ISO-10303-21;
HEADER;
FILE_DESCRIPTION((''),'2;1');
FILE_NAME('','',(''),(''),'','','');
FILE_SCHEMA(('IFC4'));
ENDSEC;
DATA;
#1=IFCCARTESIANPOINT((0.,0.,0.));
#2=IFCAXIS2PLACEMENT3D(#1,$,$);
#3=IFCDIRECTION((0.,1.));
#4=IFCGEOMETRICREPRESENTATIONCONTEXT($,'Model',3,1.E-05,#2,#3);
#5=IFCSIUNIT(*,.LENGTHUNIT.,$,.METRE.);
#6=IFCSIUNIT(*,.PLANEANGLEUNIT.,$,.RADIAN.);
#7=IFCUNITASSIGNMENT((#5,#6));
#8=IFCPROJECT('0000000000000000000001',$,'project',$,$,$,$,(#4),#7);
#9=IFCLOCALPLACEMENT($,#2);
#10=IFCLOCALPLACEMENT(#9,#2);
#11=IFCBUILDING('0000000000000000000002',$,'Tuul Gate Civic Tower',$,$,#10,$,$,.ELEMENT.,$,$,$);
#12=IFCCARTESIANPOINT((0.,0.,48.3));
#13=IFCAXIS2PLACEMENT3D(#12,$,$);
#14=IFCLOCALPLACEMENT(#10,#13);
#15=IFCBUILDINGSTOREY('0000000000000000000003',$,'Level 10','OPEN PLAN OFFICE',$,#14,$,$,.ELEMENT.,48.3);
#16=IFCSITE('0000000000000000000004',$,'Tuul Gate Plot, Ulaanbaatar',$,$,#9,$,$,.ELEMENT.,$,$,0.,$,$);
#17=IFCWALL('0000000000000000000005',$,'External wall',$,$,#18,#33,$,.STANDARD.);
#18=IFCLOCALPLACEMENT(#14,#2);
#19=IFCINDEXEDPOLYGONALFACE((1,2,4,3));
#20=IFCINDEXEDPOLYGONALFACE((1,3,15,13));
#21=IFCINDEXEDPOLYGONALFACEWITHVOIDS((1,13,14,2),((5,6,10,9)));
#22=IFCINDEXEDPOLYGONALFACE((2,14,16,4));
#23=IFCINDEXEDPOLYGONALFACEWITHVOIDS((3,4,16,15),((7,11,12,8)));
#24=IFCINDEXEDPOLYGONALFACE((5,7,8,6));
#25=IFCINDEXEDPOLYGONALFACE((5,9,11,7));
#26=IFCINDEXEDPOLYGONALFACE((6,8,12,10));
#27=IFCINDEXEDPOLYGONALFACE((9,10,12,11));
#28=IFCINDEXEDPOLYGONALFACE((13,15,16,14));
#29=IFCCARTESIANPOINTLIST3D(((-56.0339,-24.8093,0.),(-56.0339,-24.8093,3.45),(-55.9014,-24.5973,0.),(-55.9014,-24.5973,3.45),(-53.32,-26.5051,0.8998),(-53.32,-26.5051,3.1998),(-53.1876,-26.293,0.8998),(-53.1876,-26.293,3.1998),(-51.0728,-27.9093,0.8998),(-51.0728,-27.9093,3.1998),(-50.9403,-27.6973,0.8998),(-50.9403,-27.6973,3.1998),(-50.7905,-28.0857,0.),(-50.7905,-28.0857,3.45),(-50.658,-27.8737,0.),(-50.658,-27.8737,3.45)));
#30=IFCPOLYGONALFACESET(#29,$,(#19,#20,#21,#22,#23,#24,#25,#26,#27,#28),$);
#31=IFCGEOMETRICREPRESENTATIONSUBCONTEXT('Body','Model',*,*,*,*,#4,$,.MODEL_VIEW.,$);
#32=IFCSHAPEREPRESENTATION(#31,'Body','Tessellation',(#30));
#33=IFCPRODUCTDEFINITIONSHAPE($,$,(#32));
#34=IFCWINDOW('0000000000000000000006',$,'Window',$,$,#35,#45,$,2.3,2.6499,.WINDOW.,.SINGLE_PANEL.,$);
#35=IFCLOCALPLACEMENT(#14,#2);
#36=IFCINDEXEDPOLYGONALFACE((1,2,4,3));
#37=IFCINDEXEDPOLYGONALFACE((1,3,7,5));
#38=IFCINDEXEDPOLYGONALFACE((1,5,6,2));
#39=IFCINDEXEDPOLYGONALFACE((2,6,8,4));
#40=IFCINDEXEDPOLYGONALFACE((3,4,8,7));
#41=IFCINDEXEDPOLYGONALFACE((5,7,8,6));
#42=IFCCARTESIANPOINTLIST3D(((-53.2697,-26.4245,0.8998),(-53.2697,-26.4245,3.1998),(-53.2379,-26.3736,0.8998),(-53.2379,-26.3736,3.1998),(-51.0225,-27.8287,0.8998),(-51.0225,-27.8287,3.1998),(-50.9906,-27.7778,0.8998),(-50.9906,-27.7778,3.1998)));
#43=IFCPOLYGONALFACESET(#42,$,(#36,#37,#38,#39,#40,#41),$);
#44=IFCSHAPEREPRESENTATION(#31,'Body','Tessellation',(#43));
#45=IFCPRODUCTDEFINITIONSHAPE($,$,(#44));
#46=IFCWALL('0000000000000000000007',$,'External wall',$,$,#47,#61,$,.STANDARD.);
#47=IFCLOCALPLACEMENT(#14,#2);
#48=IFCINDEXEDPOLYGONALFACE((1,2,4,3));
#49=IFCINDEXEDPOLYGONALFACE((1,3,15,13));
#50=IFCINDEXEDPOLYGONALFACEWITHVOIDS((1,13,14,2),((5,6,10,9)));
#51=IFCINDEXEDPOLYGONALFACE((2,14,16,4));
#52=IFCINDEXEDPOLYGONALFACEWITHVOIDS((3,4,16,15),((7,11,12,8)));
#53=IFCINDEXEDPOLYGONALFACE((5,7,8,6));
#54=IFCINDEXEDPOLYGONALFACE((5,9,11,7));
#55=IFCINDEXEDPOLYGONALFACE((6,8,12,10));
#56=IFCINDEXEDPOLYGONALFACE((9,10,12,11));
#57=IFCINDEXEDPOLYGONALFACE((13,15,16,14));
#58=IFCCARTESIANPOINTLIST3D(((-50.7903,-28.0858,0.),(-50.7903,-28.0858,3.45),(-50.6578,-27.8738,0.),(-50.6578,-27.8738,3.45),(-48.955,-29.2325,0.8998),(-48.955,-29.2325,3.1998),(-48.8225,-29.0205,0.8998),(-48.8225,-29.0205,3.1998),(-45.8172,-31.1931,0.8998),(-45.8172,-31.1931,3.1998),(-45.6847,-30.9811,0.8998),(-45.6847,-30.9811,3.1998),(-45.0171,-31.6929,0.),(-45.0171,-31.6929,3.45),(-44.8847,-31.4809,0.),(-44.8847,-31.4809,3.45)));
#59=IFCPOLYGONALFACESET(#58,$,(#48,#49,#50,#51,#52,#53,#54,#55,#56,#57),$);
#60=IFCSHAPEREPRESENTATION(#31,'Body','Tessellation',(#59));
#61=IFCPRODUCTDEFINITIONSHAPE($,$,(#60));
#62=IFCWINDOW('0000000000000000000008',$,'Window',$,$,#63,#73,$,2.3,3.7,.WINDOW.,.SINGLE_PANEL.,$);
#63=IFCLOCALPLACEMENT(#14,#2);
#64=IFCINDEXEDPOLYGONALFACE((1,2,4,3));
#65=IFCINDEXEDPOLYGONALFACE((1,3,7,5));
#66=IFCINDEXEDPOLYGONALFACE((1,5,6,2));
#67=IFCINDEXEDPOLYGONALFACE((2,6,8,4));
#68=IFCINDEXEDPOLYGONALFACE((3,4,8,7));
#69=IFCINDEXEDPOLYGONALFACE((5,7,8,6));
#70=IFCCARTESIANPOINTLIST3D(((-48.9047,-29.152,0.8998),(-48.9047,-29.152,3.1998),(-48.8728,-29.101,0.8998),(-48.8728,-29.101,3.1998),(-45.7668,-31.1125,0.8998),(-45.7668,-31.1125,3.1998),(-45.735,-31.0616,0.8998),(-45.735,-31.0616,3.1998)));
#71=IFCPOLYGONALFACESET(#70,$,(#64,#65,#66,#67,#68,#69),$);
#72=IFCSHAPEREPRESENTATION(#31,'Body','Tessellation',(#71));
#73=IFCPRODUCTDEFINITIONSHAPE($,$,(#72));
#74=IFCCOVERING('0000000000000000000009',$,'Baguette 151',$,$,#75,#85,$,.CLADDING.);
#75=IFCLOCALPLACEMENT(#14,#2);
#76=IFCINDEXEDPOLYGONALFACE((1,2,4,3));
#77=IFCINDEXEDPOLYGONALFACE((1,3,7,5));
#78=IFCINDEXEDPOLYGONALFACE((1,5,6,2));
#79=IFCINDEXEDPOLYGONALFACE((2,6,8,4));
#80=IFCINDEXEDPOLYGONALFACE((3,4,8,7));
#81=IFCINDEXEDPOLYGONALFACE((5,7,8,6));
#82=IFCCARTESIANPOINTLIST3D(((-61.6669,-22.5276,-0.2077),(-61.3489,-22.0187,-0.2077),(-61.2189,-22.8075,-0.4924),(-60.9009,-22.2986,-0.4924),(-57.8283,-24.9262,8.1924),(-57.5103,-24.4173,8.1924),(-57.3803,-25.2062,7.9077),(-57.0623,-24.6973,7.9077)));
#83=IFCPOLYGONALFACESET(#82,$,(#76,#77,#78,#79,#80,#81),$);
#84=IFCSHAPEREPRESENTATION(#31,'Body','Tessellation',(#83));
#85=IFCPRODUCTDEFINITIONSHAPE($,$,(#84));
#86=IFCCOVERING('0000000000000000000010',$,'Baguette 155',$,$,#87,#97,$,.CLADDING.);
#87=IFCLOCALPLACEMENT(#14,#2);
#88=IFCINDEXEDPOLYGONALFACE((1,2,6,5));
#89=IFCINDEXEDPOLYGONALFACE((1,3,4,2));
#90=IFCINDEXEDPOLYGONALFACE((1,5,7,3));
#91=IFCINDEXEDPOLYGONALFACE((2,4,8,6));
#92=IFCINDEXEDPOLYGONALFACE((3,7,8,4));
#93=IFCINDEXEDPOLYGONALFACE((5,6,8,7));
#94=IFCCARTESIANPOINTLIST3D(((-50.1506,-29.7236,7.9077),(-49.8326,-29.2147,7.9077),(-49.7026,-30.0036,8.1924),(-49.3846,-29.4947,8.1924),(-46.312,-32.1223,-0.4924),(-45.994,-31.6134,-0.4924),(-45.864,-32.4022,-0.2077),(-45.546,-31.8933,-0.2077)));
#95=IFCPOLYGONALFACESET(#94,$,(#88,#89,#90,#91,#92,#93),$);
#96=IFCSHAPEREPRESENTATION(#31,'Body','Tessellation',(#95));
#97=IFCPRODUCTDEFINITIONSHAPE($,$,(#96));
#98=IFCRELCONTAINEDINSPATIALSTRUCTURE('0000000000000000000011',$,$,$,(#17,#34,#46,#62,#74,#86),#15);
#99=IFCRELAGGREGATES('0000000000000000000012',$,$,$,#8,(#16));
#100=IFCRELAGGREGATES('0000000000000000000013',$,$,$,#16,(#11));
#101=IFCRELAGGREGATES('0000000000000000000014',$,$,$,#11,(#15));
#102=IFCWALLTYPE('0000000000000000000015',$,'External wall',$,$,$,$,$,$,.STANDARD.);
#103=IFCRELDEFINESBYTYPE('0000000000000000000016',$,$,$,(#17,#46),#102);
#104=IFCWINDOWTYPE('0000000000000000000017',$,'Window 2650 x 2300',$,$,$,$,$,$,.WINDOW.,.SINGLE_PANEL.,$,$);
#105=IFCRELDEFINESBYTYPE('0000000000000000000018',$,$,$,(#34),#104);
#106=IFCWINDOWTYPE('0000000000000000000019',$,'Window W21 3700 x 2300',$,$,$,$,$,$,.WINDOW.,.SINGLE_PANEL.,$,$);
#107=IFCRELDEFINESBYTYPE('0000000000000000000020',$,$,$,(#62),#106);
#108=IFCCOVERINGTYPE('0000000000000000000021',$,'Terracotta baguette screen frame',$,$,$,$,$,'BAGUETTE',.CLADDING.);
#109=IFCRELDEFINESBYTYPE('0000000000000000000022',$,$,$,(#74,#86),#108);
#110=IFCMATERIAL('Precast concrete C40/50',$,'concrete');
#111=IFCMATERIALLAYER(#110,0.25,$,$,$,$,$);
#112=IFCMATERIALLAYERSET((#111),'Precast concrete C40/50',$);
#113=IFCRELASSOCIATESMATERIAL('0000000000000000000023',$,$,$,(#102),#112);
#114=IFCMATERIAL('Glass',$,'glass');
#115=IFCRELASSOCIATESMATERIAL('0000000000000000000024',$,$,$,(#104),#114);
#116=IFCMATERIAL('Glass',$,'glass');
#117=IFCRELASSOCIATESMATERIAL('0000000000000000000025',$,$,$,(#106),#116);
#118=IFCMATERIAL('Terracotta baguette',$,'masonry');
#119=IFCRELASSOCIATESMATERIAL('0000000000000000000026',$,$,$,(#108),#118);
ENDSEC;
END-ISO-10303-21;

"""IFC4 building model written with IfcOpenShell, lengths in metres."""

from ifc_helpers import new_model, si_unit, direction, frame, frame_2d, origin, origin_2d, place, context, subcontext, project, spatial, rectangle, extrude, material, layer, layer_set, material_profile, profile_set, type_object, element, fill, save


model = new_model("IFC4")

# Units and contexts
model_context = context("Model", 3, precision=1e-05, world=origin(), true_north=direction((0.0, 1.0)))
body_context = subcontext(model_context, "Body", "Model", "MODEL_VIEW")
ifc_project = project(units=[si_unit("LENGTHUNIT", "METRE"), si_unit("PLANEANGLEUNIT", "RADIAN")], contexts=[model_context])

# Site, building, storey
site_placement = place(None, origin())
site = spatial("IfcSite", under=ifc_project, at=site_placement, Name="Tuul Gate Plot, Ulaanbaatar", CompositionType="ELEMENT", RefElevation=0.0)
building_placement = place(site_placement, origin())
building = spatial("IfcBuilding", under=site, at=building_placement, Name="Tuul Gate Civic Tower", CompositionType="ELEMENT")
storey_placement = place(building_placement, frame((0.0, 0.0, 48.3)))
storey = spatial("IfcBuildingStorey", under=building, at=storey_placement, Name="Level 10", Description="OPEN PLAN OFFICE", CompositionType="ELEMENT", Elevation=48.3)

# Shared definitions
ifc_material_1 = material(Name="Precast concrete C40/50", Category="concrete")
ifc_layer_1 = layer(ifc_material_1, 0.25)
ifc_layer_set_1 = layer_set([ifc_layer_1], Name="Precast concrete C40/50")
wall_type_1 = type_object("IfcWallType", Name="External wall", PredefinedType="STANDARD", material=ifc_layer_set_1)

# Walls, openings, windows
wall_1_placement = place(storey_placement, frame((-55.9675, -24.7034, 0.0), z_axis=(0.0, 0.0, 1.0), x_axis=(0.848054, -0.52991, 0.0)))
wall_1 = element("IfcWall", 1, at=wall_1_placement, inside=storey, type_object=wall_type_1, Name="External wall", PredefinedType="STANDARD", context=body_context, shape_type="SweptSolid", body=[
    extrude(rectangle(XDim=6.1829, YDim=0.25, at=frame_2d((3.0913, 0.0))), origin(), (0.0, 0.0, 1.0), 3.45),
])
opening_1_placement = place(wall_1_placement, frame((3.2, 0.0, 0.8999)))
opening_1 = element("IfcOpeningElement", 2, at=opening_1_placement, cuts=wall_1, PredefinedType="OPENING", context=body_context, shape_type="SweptSolid", body=[
    extrude(rectangle(XDim=2.6499, YDim=2.3, at=frame_2d((1.325, 1.1499))), frame((0.0, 0.135, 0.0), z_axis=(0.0, -1.0, 0.0), x_axis=(1.0, 0.0, 0.0)), (0.0, 0.0, 1.0), 0.27),
])
ifc_material_2 = material(Name="Glass", Category="glass")
window_type_1 = type_object("IfcWindowType", Name="Window 2650 x 2300", PartitioningType="SINGLE_PANEL", PredefinedType="WINDOW", material=ifc_material_2)
window_1_placement = place(opening_1_placement, origin())
window_1 = element("IfcWindow", 3, at=window_1_placement, inside=storey, type_object=window_type_1, Name="Window", OverallHeight=2.3, OverallWidth=2.6499, PartitioningType="SINGLE_PANEL", PredefinedType="WINDOW", context=body_context, shape_type="SweptSolid", body=[
    extrude(rectangle(XDim=2.6499, YDim=2.3, at=frame_2d((1.325, 1.1499))), frame((0.0, 0.03, 0.0), z_axis=(0.0, -1.0, 0.0), x_axis=(1.0, 0.0, 0.0)), (0.0, 0.0, 1.0), 0.0601),
])
fill(opening_1, window_1)
wall_2_placement = place(storey_placement, frame((-50.7241, -27.9797, 0.0), z_axis=(0.0, 0.0, 1.0), x_axis=(0.848069, -0.529886, 0.0)))
wall_2 = element("IfcWall", 4, at=wall_2_placement, inside=storey, type_object=wall_type_1, Name="External wall", PredefinedType="STANDARD", context=body_context, shape_type="SweptSolid", body=[
    extrude(rectangle(XDim=6.8074, YDim=0.25, at=frame_2d((3.4038, 0.0))), origin(), (0.0, 0.0, 1.0), 3.45),
])
opening_2_placement = place(wall_2_placement, frame((2.1641, 0.0, 0.8999)))
opening_2 = element("IfcOpeningElement", 5, at=opening_2_placement, cuts=wall_2, PredefinedType="OPENING", context=body_context, shape_type="SweptSolid", body=[
    extrude(rectangle(XDim=3.7, YDim=2.3, at=frame_2d((1.8501, 1.1499))), frame((0.0, 0.135, 0.0), z_axis=(0.0, -1.0, 0.0), x_axis=(1.0, 0.0, 0.0)), (0.0, 0.0, 1.0), 0.27),
])
ifc_material_3 = material(Name="Glass", Category="glass")
window_type_2 = type_object("IfcWindowType", Name="Window W21 3700 x 2300", PartitioningType="SINGLE_PANEL", PredefinedType="WINDOW", material=ifc_material_3)
window_2_placement = place(opening_2_placement, origin())
window_2 = element("IfcWindow", 6, at=window_2_placement, inside=storey, type_object=window_type_2, Name="Window", OverallHeight=2.3, OverallWidth=3.7, PartitioningType="SINGLE_PANEL", PredefinedType="WINDOW", context=body_context, shape_type="SweptSolid", body=[
    extrude(rectangle(XDim=3.7, YDim=2.3, at=frame_2d((1.8501, 1.1499))), frame((0.0, 0.03, 0.0), z_axis=(0.0, -1.0, 0.0), x_axis=(1.0, 0.0, 0.0)), (0.0, 0.0, 1.0), 0.0601),
])
fill(opening_2, window_2)

# Coverings
ifc_material_4 = material(Name="Terracotta baguette", Category="masonry")
ifc_material_profile_1 = material_profile(ifc_material_4, rectangle(XDim=0.6001, YDim=0.6001, at=origin_2d()), Name="Terracotta baguette screen frame")
ifc_profile_set_1 = profile_set([ifc_material_profile_1], Name="Terracotta baguette")
covering_type = type_object("IfcCoveringType", Name="Terracotta baguette screen frame", ElementType="BAGUETTE", PredefinedType="CLADDING", material=ifc_profile_set_1)
for number, where, z_axis, x_axis, name in (
    (7, (-57.4453, -24.8118, 8.05), (-0.402284, 0.25138, -0.880327), (-0.529926, -0.848044, 0.0), "Baguette 151"),
    (8, (-49.7676, -29.6091, 8.05), (0.402284, -0.25138, -0.880327), (0.529926, 0.848044, 0.0), "Baguette 155"),
):
    element("IfcCovering", number, at=place(storey_placement, frame(where, z_axis=z_axis, x_axis=x_axis)), inside=storey, type_object=covering_type, Name=name, PredefinedType="CLADDING", context=body_context, shape_type="SweptSolid", body=[
        extrude(rectangle(XDim=0.6001, YDim=0.6001, at=origin_2d()), origin(), (0.0, 0.0, 1.0), 9.542),
    ])

save(model, "model.ifc")
